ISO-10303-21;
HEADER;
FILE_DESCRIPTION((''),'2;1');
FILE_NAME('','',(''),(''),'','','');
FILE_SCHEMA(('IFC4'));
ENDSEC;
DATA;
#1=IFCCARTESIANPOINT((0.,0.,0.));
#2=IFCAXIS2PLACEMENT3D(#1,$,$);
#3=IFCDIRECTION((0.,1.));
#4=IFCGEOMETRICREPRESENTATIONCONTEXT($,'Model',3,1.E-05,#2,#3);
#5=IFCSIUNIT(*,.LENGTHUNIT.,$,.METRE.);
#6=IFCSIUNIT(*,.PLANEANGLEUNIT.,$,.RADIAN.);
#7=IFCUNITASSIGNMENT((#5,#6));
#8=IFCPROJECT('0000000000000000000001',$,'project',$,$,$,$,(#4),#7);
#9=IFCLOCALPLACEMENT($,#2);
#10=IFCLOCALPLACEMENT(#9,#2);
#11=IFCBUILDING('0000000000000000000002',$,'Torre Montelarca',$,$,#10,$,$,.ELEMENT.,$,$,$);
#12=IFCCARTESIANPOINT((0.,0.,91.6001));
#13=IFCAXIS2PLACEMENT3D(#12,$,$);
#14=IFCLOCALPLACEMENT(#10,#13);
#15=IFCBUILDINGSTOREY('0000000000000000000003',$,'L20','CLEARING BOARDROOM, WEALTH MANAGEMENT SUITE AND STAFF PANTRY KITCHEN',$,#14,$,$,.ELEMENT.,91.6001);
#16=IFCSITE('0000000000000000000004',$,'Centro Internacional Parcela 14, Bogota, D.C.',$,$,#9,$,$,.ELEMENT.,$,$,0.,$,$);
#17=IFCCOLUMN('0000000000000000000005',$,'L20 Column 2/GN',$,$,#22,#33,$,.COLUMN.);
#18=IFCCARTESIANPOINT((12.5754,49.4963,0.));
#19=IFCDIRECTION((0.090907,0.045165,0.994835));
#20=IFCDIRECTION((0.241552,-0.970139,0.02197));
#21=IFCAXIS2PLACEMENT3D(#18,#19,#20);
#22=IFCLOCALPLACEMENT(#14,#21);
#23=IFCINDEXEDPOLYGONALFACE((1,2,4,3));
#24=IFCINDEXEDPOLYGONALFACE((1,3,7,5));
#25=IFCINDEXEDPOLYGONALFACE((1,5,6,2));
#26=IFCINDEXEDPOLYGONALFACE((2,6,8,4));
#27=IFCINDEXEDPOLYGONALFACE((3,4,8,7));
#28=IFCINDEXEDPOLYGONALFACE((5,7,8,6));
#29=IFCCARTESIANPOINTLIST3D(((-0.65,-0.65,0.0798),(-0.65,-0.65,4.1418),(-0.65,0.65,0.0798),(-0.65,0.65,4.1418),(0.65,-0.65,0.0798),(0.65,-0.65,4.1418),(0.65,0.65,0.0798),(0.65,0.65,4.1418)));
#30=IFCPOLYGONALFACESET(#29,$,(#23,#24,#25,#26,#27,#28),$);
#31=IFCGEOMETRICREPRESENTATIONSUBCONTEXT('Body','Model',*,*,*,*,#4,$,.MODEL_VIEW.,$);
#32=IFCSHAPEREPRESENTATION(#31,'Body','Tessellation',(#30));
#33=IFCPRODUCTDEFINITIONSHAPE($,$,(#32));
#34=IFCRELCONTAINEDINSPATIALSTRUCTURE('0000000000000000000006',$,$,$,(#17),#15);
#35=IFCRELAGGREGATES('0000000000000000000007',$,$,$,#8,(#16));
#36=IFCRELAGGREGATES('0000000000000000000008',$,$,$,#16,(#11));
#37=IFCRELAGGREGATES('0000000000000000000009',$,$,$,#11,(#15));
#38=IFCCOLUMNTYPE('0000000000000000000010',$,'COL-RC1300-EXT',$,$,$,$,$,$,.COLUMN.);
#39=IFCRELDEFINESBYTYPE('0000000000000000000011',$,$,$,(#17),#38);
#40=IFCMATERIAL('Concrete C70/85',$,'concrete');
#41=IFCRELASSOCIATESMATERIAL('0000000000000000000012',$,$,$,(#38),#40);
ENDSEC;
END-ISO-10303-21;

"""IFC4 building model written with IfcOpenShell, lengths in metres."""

from ifc_helpers import new_model, si_unit, direction, frame, origin, origin_2d, place, context, subcontext, project, spatial, rectangle, extrude, clip, halfspace, material, material_profile, profile_set, type_object, element, save


model = new_model("IFC4")

# Units and contexts
model_context = context("Model", 3, precision=1e-05, world=origin(), true_north=direction((0.0, 1.0)))
body_context = subcontext(model_context, "Body", "Model", "MODEL_VIEW")
ifc_project = project(units=[si_unit("LENGTHUNIT", "METRE"), si_unit("PLANEANGLEUNIT", "RADIAN")], contexts=[model_context])

# Site, building, storey
site_placement = place(None, origin())
site = spatial("IfcSite", under=ifc_project, at=site_placement, Name="Centro Internacional Parcela 14, Bogota, D.C.", CompositionType="ELEMENT", RefElevation=0.0)
building_placement = place(site_placement, origin())
building = spatial("IfcBuilding", under=site, at=building_placement, Name="Torre Montelarca", CompositionType="ELEMENT")
storey_placement = place(building_placement, frame((0.0, 0.0, 91.6001)))
storey = spatial("IfcBuildingStorey", under=building, at=storey_placement, Name="L20", Description="CLEARING BOARDROOM, WEALTH MANAGEMENT SUITE AND STAFF PANTRY KITCHEN", CompositionType="ELEMENT", Elevation=91.6001)

# Column
ifc_material_1 = material(Name="Concrete C70/85", Category="concrete")
ifc_material_profile_1 = material_profile(ifc_material_1, rectangle(XDim=1.3, YDim=1.3, at=origin_2d()), Name="RC1300X1300", Category="concrete")
ifc_profile_set_1 = profile_set([ifc_material_profile_1], Name="Concrete C70/85")
column_type_1 = type_object("IfcColumnType", Name="COL-RC1300-EXT", PredefinedType="COLUMN", material=ifc_profile_set_1)
column_1_placement = place(storey_placement, frame((12.5754, 49.4963, 0.0), z_axis=(0.090907, 0.045165, 0.994835), x_axis=(0.241552, -0.970139, 0.02197)))
element("IfcColumn", 1, at=column_1_placement, inside=storey, type_object=column_type_1, Name="L20 Column 2/GN", PredefinedType="COLUMN", context=body_context, shape_type="Clipping", body=[
    clip(clip(extrude(rectangle(XDim=1.3, YDim=1.3, at=origin_2d()), origin(), (0.0, 0.0, 1.0), 4.2217), halfspace(frame((0.0, 0.0, 0.0798), z_axis=(0.0, 0.0, -1.0), x_axis=(1.0, 0.0, 0.0)), False)), halfspace(frame((0.0, 0.0, 4.1418), z_axis=(0.0, 0.0, 1.0), x_axis=(1.0, 0.0, 0.0)), False)),
])

save(model, "model.ifc")
